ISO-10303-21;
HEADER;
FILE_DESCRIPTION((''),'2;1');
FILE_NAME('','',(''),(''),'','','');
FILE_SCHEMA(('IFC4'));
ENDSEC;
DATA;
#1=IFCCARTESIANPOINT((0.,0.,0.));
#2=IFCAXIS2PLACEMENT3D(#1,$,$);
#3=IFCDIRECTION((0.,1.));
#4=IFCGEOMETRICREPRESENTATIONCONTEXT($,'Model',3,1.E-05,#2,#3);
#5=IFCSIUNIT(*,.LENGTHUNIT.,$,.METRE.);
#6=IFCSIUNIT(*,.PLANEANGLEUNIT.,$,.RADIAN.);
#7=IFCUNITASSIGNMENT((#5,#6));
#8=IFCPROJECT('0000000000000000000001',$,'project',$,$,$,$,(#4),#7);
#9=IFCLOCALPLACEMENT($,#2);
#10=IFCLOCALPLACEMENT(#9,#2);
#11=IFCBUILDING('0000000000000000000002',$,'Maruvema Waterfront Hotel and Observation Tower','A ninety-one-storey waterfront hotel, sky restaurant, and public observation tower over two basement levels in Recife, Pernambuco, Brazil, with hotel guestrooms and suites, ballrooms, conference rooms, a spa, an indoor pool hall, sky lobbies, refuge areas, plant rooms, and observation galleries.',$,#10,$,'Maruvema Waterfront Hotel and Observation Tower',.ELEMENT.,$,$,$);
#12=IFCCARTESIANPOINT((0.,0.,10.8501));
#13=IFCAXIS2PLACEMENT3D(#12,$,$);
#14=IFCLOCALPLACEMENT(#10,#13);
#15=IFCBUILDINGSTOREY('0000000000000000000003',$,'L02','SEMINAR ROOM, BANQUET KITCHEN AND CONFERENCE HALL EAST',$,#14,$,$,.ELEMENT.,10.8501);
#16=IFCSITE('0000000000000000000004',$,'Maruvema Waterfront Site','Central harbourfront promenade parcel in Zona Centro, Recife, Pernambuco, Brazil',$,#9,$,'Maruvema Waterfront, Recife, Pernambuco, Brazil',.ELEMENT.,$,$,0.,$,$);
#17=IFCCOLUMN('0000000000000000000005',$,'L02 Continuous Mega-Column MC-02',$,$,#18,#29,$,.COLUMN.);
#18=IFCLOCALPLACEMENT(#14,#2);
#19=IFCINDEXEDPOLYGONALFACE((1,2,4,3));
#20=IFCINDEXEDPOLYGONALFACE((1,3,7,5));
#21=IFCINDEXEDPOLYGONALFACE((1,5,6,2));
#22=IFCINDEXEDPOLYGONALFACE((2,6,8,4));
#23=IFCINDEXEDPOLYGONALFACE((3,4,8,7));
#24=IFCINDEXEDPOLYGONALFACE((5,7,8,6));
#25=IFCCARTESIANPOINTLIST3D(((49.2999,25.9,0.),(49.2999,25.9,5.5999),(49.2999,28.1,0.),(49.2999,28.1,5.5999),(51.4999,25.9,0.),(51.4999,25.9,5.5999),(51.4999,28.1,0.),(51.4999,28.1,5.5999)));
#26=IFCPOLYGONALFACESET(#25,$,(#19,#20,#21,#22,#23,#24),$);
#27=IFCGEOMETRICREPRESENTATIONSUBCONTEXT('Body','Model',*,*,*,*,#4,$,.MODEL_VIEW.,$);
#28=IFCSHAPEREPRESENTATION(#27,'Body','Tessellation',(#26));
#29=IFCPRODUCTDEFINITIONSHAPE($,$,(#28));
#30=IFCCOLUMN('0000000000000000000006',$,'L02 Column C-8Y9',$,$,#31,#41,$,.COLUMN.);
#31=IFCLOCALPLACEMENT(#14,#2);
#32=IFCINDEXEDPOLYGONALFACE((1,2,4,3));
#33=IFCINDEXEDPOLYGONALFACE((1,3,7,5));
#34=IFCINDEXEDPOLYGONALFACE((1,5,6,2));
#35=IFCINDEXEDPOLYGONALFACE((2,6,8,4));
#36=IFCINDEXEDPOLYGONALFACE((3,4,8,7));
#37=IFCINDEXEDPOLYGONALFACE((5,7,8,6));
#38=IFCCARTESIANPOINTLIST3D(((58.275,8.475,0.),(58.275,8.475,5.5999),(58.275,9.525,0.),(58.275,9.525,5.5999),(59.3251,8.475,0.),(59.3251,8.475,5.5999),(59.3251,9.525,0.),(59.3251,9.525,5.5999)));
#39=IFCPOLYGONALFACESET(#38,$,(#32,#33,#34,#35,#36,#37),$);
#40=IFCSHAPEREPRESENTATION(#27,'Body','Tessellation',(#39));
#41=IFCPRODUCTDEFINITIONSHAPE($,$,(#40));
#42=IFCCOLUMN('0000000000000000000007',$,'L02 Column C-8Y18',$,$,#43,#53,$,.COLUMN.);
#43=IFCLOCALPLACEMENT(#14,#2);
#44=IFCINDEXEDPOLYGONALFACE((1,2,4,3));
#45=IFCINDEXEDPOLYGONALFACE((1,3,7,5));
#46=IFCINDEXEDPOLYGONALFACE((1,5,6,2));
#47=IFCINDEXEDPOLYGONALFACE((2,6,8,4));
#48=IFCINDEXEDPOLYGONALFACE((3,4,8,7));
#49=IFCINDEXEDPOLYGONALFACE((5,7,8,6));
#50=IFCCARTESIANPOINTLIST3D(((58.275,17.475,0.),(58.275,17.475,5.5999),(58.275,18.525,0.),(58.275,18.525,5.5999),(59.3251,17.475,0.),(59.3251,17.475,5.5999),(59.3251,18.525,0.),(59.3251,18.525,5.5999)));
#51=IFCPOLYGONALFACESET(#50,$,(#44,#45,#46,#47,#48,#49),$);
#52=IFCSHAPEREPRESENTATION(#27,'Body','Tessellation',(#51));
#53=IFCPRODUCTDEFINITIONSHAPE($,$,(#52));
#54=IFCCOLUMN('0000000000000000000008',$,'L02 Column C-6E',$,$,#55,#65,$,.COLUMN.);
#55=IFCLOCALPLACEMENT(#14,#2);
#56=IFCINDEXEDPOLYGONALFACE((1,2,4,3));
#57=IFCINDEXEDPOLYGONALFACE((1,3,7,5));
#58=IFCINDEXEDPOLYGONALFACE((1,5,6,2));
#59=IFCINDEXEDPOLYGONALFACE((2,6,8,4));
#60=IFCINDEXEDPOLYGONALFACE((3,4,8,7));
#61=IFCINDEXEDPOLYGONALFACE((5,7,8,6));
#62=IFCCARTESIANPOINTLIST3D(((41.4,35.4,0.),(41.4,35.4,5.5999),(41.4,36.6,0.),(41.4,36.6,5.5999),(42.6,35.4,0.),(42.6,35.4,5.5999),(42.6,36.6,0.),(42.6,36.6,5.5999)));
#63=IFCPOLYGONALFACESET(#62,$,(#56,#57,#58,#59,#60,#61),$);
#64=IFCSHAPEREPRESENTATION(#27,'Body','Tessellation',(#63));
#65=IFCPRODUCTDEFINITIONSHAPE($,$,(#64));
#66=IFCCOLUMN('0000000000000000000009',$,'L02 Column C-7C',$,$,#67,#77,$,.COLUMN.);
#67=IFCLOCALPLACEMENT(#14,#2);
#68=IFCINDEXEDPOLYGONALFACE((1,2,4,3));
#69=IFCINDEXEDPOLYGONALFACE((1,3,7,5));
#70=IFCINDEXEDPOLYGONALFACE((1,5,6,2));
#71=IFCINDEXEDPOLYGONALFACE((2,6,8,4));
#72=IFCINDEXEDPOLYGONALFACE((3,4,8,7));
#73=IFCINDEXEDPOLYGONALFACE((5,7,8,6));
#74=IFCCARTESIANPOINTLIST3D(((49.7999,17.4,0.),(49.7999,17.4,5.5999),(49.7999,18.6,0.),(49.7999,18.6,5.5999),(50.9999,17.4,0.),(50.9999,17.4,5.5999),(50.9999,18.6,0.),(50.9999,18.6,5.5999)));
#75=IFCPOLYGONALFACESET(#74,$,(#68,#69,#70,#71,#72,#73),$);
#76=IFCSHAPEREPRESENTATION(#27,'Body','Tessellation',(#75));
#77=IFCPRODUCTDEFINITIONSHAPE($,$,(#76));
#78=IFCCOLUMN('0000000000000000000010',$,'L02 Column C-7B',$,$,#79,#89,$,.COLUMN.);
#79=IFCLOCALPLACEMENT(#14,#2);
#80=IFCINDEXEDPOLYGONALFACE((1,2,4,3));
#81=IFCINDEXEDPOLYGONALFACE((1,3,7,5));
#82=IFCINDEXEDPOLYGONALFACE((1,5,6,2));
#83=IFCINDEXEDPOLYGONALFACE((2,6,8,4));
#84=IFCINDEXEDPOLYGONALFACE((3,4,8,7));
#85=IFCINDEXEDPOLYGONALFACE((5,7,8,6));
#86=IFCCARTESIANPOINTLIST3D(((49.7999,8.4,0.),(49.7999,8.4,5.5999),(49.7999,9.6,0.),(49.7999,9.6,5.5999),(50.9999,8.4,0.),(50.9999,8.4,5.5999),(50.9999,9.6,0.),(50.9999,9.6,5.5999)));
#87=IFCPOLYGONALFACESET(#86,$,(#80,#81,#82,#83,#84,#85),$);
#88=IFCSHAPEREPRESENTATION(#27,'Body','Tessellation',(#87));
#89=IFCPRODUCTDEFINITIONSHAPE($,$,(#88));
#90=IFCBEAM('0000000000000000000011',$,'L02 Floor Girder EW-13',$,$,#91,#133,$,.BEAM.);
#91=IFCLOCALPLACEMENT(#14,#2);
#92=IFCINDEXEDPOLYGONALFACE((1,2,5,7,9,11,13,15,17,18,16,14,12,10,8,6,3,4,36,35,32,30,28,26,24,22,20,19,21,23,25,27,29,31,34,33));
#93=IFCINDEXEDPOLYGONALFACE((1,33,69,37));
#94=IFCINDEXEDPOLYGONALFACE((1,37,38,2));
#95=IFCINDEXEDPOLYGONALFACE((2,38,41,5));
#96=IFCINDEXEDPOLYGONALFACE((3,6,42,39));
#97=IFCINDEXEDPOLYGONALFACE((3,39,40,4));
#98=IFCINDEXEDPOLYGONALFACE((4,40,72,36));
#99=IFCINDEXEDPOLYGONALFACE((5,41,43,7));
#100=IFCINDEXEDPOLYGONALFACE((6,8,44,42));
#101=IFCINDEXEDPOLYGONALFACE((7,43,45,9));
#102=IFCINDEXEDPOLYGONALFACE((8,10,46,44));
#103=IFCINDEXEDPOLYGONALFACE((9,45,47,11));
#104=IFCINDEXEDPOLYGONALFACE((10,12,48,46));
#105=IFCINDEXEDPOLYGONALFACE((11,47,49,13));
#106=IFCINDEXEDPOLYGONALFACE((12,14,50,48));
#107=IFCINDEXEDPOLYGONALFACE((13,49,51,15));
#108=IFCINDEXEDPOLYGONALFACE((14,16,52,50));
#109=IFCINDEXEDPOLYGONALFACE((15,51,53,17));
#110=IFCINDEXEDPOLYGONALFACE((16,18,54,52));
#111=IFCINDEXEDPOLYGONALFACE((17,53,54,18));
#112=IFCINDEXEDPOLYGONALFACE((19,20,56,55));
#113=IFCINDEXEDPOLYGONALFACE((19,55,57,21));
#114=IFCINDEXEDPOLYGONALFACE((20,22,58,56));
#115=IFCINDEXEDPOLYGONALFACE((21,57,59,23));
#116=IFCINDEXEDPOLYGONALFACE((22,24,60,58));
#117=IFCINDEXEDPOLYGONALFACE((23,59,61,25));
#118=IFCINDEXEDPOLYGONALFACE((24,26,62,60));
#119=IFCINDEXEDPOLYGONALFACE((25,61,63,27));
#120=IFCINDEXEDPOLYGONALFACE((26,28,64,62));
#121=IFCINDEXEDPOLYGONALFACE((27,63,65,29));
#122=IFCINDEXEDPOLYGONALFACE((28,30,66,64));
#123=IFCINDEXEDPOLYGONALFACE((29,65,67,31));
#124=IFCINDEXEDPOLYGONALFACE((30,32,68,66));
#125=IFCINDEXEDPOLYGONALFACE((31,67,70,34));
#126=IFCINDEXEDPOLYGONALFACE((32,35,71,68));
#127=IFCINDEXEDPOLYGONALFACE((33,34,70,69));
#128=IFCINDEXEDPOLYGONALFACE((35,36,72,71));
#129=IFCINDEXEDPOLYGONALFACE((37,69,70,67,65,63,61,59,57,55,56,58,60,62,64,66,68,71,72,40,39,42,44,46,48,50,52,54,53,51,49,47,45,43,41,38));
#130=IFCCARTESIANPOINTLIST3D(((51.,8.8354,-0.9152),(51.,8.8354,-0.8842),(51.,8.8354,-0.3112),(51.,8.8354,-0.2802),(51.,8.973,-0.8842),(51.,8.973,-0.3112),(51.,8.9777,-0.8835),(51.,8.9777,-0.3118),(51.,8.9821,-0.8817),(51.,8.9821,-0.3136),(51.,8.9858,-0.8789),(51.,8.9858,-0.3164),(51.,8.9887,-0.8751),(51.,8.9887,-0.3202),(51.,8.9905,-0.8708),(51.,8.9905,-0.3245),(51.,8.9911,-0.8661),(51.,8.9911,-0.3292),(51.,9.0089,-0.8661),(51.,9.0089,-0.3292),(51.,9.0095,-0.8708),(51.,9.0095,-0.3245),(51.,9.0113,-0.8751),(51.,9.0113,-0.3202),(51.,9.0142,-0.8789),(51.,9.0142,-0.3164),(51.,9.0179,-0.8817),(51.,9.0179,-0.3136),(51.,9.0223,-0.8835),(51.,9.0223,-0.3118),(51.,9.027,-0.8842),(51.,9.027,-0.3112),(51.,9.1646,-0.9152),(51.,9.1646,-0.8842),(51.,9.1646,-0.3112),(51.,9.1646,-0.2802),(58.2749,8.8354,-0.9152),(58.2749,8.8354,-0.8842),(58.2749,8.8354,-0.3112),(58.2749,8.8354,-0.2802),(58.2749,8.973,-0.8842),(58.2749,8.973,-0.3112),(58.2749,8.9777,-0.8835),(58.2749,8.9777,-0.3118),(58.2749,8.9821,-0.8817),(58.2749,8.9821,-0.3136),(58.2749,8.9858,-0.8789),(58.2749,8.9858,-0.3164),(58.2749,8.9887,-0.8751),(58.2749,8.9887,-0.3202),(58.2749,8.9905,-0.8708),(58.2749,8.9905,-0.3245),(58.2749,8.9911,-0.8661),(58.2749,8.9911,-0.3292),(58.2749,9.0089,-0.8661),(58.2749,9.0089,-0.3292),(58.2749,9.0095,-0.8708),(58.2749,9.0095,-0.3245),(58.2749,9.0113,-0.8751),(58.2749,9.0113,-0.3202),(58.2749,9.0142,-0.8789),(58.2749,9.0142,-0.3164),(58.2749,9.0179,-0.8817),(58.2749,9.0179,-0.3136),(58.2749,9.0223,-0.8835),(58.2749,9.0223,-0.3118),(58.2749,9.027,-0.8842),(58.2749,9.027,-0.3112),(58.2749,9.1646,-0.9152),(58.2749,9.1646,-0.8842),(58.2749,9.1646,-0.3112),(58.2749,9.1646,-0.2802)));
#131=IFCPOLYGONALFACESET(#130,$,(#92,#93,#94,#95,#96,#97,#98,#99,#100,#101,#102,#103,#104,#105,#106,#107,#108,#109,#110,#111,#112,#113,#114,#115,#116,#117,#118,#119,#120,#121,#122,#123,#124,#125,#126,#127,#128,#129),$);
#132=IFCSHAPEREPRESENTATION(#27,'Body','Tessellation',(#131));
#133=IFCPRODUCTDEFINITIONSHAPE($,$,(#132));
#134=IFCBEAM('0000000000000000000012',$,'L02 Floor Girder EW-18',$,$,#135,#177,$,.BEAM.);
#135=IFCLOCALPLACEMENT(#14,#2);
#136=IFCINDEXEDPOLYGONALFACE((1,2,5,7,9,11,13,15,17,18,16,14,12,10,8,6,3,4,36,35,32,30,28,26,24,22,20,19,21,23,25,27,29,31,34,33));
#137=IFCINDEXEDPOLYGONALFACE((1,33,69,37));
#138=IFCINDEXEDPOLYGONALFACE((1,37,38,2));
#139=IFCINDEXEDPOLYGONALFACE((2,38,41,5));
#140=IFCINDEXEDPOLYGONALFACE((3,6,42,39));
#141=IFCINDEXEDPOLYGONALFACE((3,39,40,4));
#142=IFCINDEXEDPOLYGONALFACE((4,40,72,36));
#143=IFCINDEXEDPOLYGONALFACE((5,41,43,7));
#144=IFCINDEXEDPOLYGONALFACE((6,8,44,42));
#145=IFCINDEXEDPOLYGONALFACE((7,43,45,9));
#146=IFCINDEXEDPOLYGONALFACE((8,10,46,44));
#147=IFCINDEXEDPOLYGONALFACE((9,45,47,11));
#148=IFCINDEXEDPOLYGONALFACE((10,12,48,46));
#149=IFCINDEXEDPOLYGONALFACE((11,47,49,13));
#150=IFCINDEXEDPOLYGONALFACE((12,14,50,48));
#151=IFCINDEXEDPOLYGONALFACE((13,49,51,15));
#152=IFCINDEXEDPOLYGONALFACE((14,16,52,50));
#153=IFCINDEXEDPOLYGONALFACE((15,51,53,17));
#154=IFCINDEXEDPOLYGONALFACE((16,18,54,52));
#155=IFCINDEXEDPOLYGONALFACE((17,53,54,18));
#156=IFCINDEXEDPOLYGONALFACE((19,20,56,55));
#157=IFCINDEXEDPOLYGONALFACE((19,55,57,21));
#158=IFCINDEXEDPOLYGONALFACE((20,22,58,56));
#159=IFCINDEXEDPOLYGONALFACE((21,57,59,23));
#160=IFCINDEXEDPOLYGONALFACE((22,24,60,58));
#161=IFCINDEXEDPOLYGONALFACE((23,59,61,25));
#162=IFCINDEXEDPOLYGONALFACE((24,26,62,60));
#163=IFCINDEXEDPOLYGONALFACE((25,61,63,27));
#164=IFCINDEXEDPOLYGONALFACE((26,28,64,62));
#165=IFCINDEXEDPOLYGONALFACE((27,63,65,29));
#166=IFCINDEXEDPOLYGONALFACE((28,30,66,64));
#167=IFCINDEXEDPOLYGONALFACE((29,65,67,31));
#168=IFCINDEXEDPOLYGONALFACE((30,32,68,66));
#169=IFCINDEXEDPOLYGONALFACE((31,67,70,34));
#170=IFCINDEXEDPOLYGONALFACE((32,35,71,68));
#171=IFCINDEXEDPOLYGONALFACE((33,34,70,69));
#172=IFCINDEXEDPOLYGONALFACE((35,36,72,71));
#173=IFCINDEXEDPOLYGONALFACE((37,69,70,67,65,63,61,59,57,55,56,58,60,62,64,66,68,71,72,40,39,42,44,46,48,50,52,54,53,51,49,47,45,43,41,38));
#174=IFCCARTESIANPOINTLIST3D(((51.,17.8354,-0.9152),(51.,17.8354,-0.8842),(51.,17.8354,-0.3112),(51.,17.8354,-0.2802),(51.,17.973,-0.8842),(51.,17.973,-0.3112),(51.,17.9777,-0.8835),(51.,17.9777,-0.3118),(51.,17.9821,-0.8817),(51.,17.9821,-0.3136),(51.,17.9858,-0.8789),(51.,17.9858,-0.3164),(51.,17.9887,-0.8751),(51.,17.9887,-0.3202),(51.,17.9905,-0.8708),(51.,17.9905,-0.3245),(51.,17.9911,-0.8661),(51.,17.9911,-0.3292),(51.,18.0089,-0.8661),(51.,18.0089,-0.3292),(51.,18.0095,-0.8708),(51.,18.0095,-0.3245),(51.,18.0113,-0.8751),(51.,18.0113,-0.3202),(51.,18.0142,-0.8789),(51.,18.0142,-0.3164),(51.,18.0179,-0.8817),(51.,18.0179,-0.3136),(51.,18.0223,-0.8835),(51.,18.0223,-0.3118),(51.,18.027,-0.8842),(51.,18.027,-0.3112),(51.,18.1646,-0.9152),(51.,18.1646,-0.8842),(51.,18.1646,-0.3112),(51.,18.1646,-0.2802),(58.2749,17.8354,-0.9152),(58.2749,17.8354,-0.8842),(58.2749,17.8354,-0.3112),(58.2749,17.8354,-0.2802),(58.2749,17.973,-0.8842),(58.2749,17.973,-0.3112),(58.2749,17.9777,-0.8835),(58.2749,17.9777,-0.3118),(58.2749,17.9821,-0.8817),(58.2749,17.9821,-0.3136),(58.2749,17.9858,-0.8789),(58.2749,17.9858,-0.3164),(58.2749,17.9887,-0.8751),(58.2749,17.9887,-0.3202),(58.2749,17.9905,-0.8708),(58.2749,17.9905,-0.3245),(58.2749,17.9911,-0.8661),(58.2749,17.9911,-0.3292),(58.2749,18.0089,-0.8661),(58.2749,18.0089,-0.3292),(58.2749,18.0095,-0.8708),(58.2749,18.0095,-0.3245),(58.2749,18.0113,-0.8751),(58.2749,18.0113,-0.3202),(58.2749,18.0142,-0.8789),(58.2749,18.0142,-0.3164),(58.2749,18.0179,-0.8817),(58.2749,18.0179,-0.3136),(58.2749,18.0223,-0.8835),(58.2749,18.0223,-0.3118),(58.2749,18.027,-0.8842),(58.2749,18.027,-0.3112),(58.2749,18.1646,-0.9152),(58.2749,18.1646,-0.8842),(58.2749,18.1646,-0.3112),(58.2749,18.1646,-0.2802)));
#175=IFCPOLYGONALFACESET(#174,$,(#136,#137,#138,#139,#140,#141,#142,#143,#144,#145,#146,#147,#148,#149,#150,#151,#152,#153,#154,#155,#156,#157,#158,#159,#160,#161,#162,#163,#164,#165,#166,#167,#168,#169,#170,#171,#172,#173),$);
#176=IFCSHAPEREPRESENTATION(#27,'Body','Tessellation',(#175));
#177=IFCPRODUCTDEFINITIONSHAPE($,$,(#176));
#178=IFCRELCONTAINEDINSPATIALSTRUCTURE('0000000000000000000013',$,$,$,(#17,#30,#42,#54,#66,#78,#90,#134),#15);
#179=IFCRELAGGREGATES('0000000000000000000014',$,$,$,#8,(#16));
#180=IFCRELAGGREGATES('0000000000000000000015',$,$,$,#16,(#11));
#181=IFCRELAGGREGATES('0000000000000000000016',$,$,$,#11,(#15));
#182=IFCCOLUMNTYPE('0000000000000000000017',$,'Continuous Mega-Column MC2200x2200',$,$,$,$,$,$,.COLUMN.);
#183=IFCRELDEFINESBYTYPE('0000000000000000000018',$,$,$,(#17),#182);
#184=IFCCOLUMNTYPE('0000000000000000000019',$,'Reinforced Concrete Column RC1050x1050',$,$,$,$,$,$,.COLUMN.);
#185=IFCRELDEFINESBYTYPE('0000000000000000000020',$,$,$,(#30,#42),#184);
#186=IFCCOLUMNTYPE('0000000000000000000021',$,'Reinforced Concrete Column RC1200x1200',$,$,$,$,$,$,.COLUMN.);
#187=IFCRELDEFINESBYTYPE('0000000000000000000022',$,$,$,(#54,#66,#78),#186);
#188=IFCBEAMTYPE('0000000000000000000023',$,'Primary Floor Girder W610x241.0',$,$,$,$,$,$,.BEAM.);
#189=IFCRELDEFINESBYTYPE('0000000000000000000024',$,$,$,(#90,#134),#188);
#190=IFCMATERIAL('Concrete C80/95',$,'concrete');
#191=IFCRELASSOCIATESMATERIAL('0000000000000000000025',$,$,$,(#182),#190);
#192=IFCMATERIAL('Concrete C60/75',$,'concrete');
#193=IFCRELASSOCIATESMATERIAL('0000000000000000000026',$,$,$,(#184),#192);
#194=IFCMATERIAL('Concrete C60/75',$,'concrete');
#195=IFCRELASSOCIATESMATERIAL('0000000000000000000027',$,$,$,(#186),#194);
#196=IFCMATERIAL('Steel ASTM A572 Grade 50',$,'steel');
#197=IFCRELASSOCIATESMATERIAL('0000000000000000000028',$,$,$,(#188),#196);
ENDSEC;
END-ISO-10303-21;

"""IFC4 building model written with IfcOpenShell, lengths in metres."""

from ifc_helpers import new_model, si_unit, direction, frame, origin, origin_2d, place, context, subcontext, project, spatial, rectangle, i_section, extrude, material, material_profile, profile_set, type_object, element, save


model = new_model("IFC4")

# Units and contexts
model_context = context("Model", 3, precision=1e-05, world=origin(), true_north=direction((0.0, 1.0)))
body_context = subcontext(model_context, "Body", "Model", "MODEL_VIEW")
ifc_project = project(units=[si_unit("LENGTHUNIT", "METRE"), si_unit("PLANEANGLEUNIT", "RADIAN")], contexts=[model_context])

# Site, building, storey
site_placement = place(None, origin())
site = spatial("IfcSite", under=ifc_project, at=site_placement, Name="Maruvema Waterfront Site", Description="Central harbourfront promenade parcel in Zona Centro, Recife, Pernambuco, Brazil", LongName="Maruvema Waterfront, Recife, Pernambuco, Brazil", CompositionType="ELEMENT", RefElevation=0.0)
building_placement = place(site_placement, origin())
building = spatial("IfcBuilding", under=site, at=building_placement, Name="Maruvema Waterfront Hotel and Observation Tower", Description="A ninety-one-storey waterfront hotel, sky restaurant, and public observation tower over two basement levels in Recife, Pernambuco, Brazil, with hotel guestrooms and suites, ballrooms, conference rooms, a spa, an indoor pool hall, sky lobbies, refuge areas, plant rooms, and observation galleries.", LongName="Maruvema Waterfront Hotel and Observation Tower", CompositionType="ELEMENT")
storey_placement = place(building_placement, frame((0.0, 0.0, 10.8501)))
storey = spatial("IfcBuildingStorey", under=building, at=storey_placement, Name="L02", Description="SEMINAR ROOM, BANQUET KITCHEN AND CONFERENCE HALL EAST", CompositionType="ELEMENT", Elevation=10.8501)

# Columns
ifc_material_1 = material(Name="Concrete C80/95", Category="concrete")
ifc_material_profile_1 = material_profile(ifc_material_1, rectangle(XDim=2.2, YDim=2.2, at=origin_2d()), Name="MC2200x2200")
ifc_profile_set_1 = profile_set([ifc_material_profile_1], Name="Concrete C80/95")
column_type_1 = type_object("IfcColumnType", Name="Continuous Mega-Column MC2200x2200", PredefinedType="COLUMN", material=ifc_profile_set_1)
column_placement = place(storey_placement, frame((50.3999, 27.0, 0.0), z_axis=(0.0, 0.0, 1.0), x_axis=(1.0, 0.0, 0.0)))
element("IfcColumn", 1, at=column_placement, inside=storey, type_object=column_type_1, Name="L02 Continuous Mega-Column MC-02", PredefinedType="COLUMN", context=body_context, shape_type="SweptSolid", body=[
    extrude(rectangle(XDim=2.2, YDim=2.2, at=origin_2d()), origin(), (0.0, 0.0, 1.0), 5.5999),
])
ifc_material_2 = material(Name="Concrete C60/75", Category="concrete")
ifc_material_profile_2 = material_profile(ifc_material_2, rectangle(XDim=1.05, YDim=1.05, at=origin_2d()), Name="RC1050x1050")
ifc_profile_set_2 = profile_set([ifc_material_profile_2], Name="Concrete C60/75")
column_type_2 = type_object("IfcColumnType", Name="Reinforced Concrete Column RC1050x1050", PredefinedType="COLUMN", material=ifc_profile_set_2)
for number, where, z_axis, x_axis, name in (
    (2, (58.8, 9.0, 0.0), (0.0, 0.0, 1.0), (1.0, 0.0, 0.0), "L02 Column C-8Y9"),
    (3, (58.8, 18.0, 0.0), (0.0, 0.0, 1.0), (1.0, 0.0, 0.0), "L02 Column C-8Y18"),
):
    element("IfcColumn", number, at=place(storey_placement, frame(where, z_axis=z_axis, x_axis=x_axis)), inside=storey, type_object=column_type_2, Name=name, PredefinedType="COLUMN", context=body_context, shape_type="SweptSolid", body=[
        extrude(rectangle(XDim=1.05, YDim=1.05, at=origin_2d()), origin(), (0.0, 0.0, 1.0), 5.5999),
    ])
ifc_material_3 = material(Name="Concrete C60/75", Category="concrete")
ifc_material_profile_3 = material_profile(ifc_material_3, rectangle(XDim=1.2, YDim=1.2, at=origin_2d()), Name="RC1200x1200")
ifc_profile_set_3 = profile_set([ifc_material_profile_3], Name="Concrete C60/75")
column_type_3 = type_object("IfcColumnType", Name="Reinforced Concrete Column RC1200x1200", PredefinedType="COLUMN", material=ifc_profile_set_3)
for number, where, z_axis, x_axis, name in (
    (4, (42.0, 36.0, 0.0), (0.0, 0.0, 1.0), (1.0, 0.0, 0.0), "L02 Column C-6E"),
    (5, (50.3999, 18.0, 0.0), (0.0, 0.0, 1.0), (1.0, 0.0, 0.0), "L02 Column C-7C"),
    (6, (50.3999, 9.0, 0.0), (0.0, 0.0, 1.0), (1.0, 0.0, 0.0), "L02 Column C-7B"),
):
    element("IfcColumn", number, at=place(storey_placement, frame(where, z_axis=z_axis, x_axis=x_axis)), inside=storey, type_object=column_type_3, Name=name, PredefinedType="COLUMN", context=body_context, shape_type="SweptSolid", body=[
        extrude(rectangle(XDim=1.2, YDim=1.2, at=origin_2d()), origin(), (0.0, 0.0, 1.0), 5.5999),
    ])

# Beams
ifc_material_4 = material(Name="Steel ASTM A572 Grade 50", Category="steel")
ifc_material_profile_4 = material_profile(ifc_material_4, i_section(OverallWidth=0.3291, OverallDepth=0.635, WebThickness=0.0178, FlangeThickness=0.031, FilletRadius=0.0181, at=origin_2d()), Name="W610x241.0")
ifc_profile_set_4 = profile_set([ifc_material_profile_4], Name="Steel ASTM A572 Grade 50")
beam_type_1 = type_object("IfcBeamType", Name="Primary Floor Girder W610x241.0", PredefinedType="BEAM", material=ifc_profile_set_4)
for number, where, z_axis, x_axis, name in (
    (7, (51.0, 9.0, -0.5977), (1.0, 0.0, 0.0), (0.0, 1.0, 0.0), "L02 Floor Girder EW-13"),
    (8, (51.0, 18.0, -0.5977), (1.0, 0.0, 0.0), (0.0, 1.0, 0.0), "L02 Floor Girder EW-18"),
):
    element("IfcBeam", number, at=place(storey_placement, frame(where, z_axis=z_axis, x_axis=x_axis)), inside=storey, type_object=beam_type_1, Name=name, PredefinedType="BEAM", context=body_context, shape_type="SweptSolid", body=[
        extrude(i_section(OverallWidth=0.3291, OverallDepth=0.635, WebThickness=0.0178, FlangeThickness=0.031, FilletRadius=0.0181, at=origin_2d()), origin(), (0.0, 0.0, 1.0), 7.2749),
    ])

save(model, "model.ifc")
